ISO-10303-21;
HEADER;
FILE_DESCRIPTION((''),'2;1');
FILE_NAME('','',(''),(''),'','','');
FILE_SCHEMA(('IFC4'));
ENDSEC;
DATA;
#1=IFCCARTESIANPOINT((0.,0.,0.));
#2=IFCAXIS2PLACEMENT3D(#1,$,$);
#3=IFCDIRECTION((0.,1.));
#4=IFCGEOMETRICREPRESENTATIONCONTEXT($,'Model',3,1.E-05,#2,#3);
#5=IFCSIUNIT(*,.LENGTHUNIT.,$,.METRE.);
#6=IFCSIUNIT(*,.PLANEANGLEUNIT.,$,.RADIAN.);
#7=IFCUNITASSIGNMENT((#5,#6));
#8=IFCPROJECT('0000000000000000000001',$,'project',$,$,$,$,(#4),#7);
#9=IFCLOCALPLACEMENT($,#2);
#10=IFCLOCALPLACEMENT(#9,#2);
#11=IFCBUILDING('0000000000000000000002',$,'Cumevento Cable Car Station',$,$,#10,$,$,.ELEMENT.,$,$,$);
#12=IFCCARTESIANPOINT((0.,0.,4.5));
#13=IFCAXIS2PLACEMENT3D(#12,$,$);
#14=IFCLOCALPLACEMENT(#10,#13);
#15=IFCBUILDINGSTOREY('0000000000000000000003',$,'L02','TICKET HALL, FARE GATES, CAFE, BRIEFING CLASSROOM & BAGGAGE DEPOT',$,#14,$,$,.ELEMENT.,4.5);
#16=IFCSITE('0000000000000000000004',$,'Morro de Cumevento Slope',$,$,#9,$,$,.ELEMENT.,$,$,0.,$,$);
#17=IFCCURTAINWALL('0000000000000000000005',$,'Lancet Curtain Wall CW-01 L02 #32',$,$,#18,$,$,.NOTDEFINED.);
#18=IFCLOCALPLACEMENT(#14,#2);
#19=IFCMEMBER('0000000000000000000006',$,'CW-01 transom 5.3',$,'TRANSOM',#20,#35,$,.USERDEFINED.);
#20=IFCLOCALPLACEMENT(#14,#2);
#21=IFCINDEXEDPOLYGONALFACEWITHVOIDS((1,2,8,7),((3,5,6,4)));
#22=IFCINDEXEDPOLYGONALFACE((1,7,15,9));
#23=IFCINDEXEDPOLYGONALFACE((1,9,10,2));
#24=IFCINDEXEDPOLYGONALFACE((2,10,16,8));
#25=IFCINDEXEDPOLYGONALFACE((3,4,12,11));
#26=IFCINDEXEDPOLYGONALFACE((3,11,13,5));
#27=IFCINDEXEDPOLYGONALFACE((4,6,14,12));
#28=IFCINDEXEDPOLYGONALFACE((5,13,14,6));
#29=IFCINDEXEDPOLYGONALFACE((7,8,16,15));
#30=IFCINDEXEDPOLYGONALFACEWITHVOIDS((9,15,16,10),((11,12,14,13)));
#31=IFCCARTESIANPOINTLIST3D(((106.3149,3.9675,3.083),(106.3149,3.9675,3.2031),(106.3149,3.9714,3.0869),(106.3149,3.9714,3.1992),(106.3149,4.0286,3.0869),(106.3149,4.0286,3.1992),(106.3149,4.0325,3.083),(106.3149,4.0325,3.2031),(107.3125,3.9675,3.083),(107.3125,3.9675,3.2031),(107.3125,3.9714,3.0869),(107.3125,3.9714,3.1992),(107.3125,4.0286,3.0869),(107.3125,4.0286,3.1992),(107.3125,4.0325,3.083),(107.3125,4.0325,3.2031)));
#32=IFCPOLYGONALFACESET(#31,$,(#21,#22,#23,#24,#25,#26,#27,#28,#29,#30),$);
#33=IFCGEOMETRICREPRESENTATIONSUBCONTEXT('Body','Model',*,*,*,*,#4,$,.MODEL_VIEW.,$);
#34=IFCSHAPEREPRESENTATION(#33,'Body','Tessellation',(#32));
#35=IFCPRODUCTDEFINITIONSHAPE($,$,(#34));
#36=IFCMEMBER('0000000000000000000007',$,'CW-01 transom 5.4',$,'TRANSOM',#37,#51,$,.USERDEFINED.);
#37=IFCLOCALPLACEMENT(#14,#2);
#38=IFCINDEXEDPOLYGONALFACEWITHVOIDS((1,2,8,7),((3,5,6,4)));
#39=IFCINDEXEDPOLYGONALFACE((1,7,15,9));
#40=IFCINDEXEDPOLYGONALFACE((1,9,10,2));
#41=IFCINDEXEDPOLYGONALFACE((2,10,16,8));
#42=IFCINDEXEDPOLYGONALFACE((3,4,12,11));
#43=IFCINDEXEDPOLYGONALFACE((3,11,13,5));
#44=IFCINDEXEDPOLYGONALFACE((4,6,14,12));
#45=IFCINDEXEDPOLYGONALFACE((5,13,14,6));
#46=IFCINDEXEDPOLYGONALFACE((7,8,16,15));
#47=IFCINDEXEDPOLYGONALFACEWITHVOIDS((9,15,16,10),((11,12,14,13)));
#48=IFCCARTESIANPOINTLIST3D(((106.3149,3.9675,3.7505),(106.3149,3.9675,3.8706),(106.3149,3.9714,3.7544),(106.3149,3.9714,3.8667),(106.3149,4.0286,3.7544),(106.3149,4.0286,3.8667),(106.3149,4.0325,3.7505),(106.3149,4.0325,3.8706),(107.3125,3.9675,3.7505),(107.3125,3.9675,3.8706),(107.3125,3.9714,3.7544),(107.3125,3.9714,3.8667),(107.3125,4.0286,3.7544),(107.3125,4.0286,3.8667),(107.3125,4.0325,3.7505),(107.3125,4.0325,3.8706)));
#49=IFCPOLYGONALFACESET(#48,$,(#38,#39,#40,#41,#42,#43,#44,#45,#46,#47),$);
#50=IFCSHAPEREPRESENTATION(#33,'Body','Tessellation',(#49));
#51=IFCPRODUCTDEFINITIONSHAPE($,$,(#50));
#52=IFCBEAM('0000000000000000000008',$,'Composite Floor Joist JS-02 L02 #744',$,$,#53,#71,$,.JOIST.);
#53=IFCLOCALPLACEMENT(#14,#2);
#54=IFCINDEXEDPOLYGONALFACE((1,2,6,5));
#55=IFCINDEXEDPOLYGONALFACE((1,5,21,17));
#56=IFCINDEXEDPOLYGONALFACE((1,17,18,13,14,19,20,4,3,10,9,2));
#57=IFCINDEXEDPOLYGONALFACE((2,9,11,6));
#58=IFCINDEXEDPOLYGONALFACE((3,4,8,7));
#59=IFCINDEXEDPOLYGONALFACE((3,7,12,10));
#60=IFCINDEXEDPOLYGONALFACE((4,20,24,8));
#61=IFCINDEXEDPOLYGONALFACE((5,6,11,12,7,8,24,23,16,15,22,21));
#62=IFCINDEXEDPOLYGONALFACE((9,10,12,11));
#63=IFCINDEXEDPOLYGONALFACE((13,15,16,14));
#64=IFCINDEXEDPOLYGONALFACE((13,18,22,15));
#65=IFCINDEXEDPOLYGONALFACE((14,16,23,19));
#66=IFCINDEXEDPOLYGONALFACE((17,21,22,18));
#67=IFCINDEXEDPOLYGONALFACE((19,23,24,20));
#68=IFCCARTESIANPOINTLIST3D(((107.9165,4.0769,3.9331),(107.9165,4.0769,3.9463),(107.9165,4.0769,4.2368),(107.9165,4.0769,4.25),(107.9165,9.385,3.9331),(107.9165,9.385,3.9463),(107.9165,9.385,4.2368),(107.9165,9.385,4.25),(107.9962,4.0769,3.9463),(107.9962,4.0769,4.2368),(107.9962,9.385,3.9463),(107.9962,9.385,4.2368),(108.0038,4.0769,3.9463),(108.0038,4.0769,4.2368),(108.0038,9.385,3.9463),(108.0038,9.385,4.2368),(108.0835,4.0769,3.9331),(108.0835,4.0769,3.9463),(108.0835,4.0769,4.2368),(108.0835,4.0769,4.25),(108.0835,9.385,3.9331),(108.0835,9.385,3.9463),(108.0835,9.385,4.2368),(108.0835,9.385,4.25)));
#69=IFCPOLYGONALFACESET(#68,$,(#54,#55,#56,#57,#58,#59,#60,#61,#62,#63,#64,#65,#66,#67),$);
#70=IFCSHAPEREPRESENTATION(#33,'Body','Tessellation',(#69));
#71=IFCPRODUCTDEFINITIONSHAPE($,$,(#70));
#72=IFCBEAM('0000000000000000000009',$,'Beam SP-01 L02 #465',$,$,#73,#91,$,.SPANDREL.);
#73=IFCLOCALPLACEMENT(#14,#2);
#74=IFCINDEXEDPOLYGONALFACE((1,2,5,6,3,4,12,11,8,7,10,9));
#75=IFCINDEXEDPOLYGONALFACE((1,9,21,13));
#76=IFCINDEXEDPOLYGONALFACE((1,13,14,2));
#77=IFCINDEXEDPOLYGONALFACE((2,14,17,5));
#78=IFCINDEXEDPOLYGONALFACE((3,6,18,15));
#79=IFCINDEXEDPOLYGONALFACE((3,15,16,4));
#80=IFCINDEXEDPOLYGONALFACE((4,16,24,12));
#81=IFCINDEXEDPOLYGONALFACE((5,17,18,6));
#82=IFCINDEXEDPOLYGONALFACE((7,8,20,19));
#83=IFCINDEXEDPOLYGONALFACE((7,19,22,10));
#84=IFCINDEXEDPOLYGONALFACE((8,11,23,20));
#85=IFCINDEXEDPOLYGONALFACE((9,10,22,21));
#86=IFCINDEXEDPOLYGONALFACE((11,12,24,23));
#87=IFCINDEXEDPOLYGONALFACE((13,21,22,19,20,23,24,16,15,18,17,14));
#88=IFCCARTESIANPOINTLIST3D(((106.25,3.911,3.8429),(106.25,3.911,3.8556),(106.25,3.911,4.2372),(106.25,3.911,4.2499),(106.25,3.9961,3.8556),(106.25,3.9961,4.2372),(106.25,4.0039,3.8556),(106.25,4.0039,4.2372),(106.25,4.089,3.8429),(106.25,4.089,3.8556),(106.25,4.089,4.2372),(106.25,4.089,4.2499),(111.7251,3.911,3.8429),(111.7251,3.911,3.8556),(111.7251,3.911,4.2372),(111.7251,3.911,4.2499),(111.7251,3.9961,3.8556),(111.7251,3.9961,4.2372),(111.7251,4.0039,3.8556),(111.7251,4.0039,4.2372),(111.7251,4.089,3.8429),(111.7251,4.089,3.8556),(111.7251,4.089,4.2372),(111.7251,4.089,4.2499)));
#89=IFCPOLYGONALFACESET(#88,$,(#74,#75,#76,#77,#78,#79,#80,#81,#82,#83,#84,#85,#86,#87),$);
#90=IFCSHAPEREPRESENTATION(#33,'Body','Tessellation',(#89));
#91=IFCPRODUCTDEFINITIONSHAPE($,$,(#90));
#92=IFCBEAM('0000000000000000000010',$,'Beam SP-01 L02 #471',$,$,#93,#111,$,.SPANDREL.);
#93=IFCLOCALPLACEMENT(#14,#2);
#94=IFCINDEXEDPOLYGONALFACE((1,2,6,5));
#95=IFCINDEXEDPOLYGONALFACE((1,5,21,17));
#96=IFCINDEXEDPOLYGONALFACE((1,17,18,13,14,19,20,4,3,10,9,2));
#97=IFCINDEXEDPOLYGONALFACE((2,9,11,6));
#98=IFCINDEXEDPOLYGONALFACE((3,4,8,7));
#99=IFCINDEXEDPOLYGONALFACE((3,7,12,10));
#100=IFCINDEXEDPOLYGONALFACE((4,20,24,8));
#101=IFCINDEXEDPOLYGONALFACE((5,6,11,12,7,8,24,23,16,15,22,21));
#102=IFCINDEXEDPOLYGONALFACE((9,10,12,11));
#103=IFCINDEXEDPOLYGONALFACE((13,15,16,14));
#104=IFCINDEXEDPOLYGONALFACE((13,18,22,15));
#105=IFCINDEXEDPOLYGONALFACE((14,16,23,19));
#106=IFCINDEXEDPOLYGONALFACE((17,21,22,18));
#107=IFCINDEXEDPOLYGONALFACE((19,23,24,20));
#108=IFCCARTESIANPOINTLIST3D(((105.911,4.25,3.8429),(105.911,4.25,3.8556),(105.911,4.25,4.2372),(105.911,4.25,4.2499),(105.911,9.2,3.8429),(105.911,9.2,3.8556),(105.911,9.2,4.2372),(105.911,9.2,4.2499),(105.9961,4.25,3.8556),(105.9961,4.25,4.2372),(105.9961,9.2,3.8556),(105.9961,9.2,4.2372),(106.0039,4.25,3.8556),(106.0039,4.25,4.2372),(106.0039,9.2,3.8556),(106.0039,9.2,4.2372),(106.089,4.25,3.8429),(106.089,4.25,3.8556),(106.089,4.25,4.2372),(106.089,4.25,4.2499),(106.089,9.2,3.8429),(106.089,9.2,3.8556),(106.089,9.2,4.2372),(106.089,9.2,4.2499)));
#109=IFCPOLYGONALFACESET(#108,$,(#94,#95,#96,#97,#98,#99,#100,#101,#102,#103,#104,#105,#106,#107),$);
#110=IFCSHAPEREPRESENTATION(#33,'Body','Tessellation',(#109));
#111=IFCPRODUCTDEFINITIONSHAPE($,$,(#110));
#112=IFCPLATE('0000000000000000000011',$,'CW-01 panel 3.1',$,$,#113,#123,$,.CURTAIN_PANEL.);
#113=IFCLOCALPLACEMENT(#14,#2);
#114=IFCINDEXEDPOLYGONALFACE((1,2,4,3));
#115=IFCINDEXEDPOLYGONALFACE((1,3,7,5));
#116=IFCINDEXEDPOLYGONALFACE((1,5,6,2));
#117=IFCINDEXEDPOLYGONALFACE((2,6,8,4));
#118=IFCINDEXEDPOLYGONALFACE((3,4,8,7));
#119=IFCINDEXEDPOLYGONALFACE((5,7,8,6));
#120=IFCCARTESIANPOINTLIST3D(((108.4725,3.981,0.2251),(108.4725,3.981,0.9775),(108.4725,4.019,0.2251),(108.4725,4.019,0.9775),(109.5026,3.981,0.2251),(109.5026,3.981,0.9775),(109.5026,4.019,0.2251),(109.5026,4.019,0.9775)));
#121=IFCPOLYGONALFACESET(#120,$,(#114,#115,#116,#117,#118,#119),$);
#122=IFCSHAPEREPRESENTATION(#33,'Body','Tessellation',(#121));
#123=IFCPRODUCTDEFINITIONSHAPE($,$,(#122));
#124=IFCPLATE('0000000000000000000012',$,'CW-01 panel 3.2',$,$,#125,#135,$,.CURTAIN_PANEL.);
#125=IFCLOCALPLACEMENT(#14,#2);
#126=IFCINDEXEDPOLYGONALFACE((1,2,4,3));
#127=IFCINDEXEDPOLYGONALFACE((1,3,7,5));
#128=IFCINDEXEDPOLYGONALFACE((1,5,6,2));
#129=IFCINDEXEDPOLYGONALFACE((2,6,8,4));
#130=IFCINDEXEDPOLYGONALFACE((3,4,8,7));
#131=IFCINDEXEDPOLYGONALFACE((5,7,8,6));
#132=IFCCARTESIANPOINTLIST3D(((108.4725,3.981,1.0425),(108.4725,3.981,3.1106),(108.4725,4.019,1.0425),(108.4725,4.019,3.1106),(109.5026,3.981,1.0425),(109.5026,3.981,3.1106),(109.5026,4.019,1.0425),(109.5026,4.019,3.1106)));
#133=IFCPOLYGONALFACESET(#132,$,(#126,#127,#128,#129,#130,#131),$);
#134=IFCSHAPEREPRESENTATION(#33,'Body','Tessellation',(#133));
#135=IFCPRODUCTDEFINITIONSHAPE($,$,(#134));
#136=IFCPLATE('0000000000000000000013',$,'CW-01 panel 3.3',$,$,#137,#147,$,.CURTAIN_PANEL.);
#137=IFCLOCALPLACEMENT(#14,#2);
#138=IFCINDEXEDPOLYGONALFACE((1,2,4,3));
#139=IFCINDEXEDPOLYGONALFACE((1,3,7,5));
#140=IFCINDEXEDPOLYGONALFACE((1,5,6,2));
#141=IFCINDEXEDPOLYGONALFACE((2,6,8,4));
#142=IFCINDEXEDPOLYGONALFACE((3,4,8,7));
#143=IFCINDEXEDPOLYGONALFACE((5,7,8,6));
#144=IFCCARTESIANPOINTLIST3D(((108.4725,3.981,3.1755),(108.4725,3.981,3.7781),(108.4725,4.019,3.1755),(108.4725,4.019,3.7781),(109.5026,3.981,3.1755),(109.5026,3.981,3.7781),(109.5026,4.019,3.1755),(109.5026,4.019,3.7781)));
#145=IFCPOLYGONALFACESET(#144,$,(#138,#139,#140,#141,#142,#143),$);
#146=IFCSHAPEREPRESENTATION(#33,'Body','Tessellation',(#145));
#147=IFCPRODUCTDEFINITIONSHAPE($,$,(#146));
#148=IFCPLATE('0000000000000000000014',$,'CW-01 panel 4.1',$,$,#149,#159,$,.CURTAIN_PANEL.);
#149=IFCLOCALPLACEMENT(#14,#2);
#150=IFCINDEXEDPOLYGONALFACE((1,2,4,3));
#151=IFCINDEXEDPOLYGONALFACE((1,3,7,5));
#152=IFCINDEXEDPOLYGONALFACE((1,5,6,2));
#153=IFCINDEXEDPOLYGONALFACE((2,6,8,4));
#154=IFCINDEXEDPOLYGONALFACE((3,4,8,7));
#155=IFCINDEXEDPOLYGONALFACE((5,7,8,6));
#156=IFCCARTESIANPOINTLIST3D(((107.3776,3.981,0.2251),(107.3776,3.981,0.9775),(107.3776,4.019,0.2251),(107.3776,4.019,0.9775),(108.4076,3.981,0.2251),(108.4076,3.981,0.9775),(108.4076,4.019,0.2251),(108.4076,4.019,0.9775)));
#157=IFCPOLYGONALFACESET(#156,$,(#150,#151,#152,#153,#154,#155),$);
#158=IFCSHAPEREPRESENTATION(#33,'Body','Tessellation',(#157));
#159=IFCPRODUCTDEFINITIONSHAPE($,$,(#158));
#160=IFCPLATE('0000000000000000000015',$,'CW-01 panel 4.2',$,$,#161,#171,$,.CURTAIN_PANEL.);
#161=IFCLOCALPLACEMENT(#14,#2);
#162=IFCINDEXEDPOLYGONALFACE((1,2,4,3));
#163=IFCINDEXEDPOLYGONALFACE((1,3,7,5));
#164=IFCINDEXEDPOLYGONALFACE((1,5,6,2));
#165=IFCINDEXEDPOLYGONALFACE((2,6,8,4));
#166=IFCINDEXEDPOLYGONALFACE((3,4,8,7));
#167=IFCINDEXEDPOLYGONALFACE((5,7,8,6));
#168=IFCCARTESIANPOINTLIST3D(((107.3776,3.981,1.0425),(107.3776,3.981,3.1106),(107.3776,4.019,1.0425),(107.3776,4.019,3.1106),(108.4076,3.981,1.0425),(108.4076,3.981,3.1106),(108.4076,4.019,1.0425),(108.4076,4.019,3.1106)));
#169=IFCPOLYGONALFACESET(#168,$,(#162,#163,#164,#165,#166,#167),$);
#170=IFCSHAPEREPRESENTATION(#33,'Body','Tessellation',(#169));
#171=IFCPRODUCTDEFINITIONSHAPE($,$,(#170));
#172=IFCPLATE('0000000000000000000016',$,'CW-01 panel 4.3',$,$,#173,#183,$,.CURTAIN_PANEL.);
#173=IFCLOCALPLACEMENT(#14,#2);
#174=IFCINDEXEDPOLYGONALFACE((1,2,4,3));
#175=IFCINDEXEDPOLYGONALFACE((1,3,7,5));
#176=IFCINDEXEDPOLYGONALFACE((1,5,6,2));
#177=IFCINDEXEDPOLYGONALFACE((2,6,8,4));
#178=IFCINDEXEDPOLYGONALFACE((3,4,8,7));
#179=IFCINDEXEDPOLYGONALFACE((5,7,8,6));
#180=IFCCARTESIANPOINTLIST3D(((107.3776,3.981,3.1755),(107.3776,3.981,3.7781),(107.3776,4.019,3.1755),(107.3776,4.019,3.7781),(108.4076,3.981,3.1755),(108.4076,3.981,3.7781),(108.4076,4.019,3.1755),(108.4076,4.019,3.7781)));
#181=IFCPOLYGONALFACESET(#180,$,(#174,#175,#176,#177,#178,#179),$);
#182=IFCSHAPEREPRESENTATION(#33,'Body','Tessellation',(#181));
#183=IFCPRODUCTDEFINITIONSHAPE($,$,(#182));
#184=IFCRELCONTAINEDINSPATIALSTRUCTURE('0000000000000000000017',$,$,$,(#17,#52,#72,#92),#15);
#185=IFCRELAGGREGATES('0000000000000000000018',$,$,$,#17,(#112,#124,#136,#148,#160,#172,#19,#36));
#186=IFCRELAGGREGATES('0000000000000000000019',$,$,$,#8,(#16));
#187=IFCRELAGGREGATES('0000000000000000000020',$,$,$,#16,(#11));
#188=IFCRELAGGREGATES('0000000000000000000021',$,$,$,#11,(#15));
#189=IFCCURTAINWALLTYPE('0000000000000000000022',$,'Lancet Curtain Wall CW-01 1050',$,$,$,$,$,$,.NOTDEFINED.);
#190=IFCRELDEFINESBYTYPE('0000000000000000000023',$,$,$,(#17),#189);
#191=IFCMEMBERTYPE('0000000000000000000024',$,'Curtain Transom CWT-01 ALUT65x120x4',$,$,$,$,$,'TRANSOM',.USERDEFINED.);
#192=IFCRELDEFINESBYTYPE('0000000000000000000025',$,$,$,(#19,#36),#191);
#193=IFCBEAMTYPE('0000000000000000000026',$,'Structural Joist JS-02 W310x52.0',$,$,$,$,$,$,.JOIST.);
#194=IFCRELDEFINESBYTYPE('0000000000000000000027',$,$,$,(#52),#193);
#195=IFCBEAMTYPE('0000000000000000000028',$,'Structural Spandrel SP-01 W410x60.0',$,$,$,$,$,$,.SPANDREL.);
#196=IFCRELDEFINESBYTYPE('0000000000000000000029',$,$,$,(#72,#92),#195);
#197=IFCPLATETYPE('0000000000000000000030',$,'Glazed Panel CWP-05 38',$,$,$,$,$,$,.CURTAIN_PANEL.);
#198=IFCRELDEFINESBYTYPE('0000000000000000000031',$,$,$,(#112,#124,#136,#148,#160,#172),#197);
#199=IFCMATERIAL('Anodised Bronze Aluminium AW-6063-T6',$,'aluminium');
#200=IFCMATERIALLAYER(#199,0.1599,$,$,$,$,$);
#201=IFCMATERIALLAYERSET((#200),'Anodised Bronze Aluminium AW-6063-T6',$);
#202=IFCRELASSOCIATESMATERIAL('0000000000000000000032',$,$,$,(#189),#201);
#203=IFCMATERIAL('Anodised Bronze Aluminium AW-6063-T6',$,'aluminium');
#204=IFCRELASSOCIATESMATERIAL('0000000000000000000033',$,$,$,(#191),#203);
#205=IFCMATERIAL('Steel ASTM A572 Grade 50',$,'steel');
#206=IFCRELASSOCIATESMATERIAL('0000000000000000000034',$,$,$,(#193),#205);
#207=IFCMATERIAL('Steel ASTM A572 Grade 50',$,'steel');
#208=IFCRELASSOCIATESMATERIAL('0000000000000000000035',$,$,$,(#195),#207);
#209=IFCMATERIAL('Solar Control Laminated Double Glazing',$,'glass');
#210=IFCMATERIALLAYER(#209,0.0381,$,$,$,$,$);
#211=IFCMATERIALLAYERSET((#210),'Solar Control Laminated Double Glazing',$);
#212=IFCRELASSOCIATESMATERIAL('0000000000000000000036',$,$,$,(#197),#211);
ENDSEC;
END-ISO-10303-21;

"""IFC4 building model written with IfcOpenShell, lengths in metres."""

from ifc_helpers import new_model, si_unit, direction, frame, origin, origin_2d, place, context, subcontext, project, spatial, rectangle, hollow_rectangle, i_section, extrude, material, layer, layer_set, material_profile, profile_set, type_object, element, aggregate, save


model = new_model("IFC4")

# Units and contexts
model_context = context("Model", 3, precision=1e-05, world=origin(), true_north=direction((0.0, 1.0)))
body_context = subcontext(model_context, "Body", "Model", "MODEL_VIEW")
ifc_project = project(units=[si_unit("LENGTHUNIT", "METRE"), si_unit("PLANEANGLEUNIT", "RADIAN")], contexts=[model_context])

# Site, building, storey
site_placement = place(None, origin())
site = spatial("IfcSite", under=ifc_project, at=site_placement, Name="Morro de Cumevento Slope", CompositionType="ELEMENT", RefElevation=0.0)
building_placement = place(site_placement, origin())
building = spatial("IfcBuilding", under=site, at=building_placement, Name="Cumevento Cable Car Station", CompositionType="ELEMENT")
storey_placement = place(building_placement, frame((0.0, 0.0, 4.5)))
storey = spatial("IfcBuildingStorey", under=building, at=storey_placement, Name="L02", Description="TICKET HALL, FARE GATES, CAFE, BRIEFING CLASSROOM & BAGGAGE DEPOT", CompositionType="ELEMENT", Elevation=4.5)

# Curtain wall
ifc_material_1 = material(Name="Anodised Bronze Aluminium AW-6063-T6", Category="aluminium")
ifc_layer_1 = layer(ifc_material_1, 0.1599)
ifc_layer_set_1 = layer_set([ifc_layer_1], Name="Anodised Bronze Aluminium AW-6063-T6")
curtain_wall_type_1 = type_object("IfcCurtainWallType", Name="Lancet Curtain Wall CW-01 1050", PredefinedType="NOTDEFINED", material=ifc_layer_set_1)
curtain_wall_1_placement = place(storey_placement, origin())
curtain_wall_1 = element("IfcCurtainWall", 1, at=curtain_wall_1_placement, inside=storey, type_object=curtain_wall_type_1, Name="Lancet Curtain Wall CW-01 L02 #32", PredefinedType="NOTDEFINED")

# Members
ifc_material_2 = material(Name="Anodised Bronze Aluminium AW-6063-T6", Category="aluminium")
ifc_material_profile_1 = material_profile(ifc_material_2, hollow_rectangle(XDim=0.0649, YDim=0.1201, WallThickness=0.0039, at=origin_2d()), Name="ALUT65x120x4")
ifc_profile_set_1 = profile_set([ifc_material_profile_1], Name="Anodised Bronze Aluminium AW-6063-T6")
member_type_1 = type_object("IfcMemberType", Name="Curtain Transom CWT-01 ALUT65x120x4", ElementType="TRANSOM", PredefinedType="USERDEFINED", material=ifc_profile_set_1)
member_1_placement = place(storey_placement, frame((107.3125, 4.0, 3.1431), z_axis=(-1.0, 0.0, 0.0), x_axis=(0.0, -1.0, 0.0)))
member_1 = element("IfcMember", 2, at=member_1_placement, type_object=member_type_1, Name="CW-01 transom 5.3", ObjectType="TRANSOM", PredefinedType="USERDEFINED", context=body_context, shape_type="SweptSolid", body=[
    extrude(hollow_rectangle(XDim=0.0649, YDim=0.1201, WallThickness=0.0039, at=origin_2d()), origin(), (0.0, 0.0, 1.0), 0.9976),
])
member_2_placement = place(storey_placement, frame((107.3125, 4.0, 3.8105), z_axis=(-1.0, 0.0, 0.0), x_axis=(0.0, -1.0, 0.0)))
member_2 = element("IfcMember", 3, at=member_2_placement, type_object=member_type_1, Name="CW-01 transom 5.4", ObjectType="TRANSOM", PredefinedType="USERDEFINED", context=body_context, shape_type="SweptSolid", body=[
    extrude(hollow_rectangle(XDim=0.0649, YDim=0.1201, WallThickness=0.0039, at=origin_2d()), origin(), (0.0, 0.0, 1.0), 0.9976),
])

# Beams
ifc_material_3 = material(Name="Steel ASTM A572 Grade 50", Category="steel")
ifc_material_profile_2 = material_profile(ifc_material_3, i_section(OverallWidth=0.167, OverallDepth=0.3169, WebThickness=0.0076, FlangeThickness=0.0132, at=origin_2d()), Name="W310x52.0")
ifc_profile_set_2 = profile_set([ifc_material_profile_2], Name="Steel ASTM A572 Grade 50")
beam_type_1 = type_object("IfcBeamType", Name="Structural Joist JS-02 W310x52.0", PredefinedType="JOIST", material=ifc_profile_set_2)
beam_1_placement = place(storey_placement, frame((108.0, 4.0769, 4.0916), z_axis=(0.0, 1.0, 0.0), x_axis=(-1.0, 0.0, 0.0)))
element("IfcBeam", 4, at=beam_1_placement, inside=storey, type_object=beam_type_1, Name="Composite Floor Joist JS-02 L02 #744", PredefinedType="JOIST", context=body_context, shape_type="SweptSolid", body=[
    extrude(i_section(OverallWidth=0.167, OverallDepth=0.3169, WebThickness=0.0076, FlangeThickness=0.0132, at=origin_2d()), origin(), (0.0, 0.0, 1.0), 5.3081),
])
ifc_material_4 = material(Name="Steel ASTM A572 Grade 50", Category="steel")
ifc_material_profile_3 = material_profile(ifc_material_4, i_section(OverallWidth=0.178, OverallDepth=0.407, WebThickness=0.0078, FlangeThickness=0.0127, at=origin_2d()), Name="W410x60.0")
ifc_profile_set_3 = profile_set([ifc_material_profile_3], Name="Steel ASTM A572 Grade 50")
beam_type_2 = type_object("IfcBeamType", Name="Structural Spandrel SP-01 W410x60.0", PredefinedType="SPANDREL", material=ifc_profile_set_3)
beam_2_placement = place(storey_placement, frame((106.25, 4.0, 4.0464), z_axis=(1.0, 0.0, 0.0), x_axis=(0.0, 1.0, 0.0)))
element("IfcBeam", 5, at=beam_2_placement, inside=storey, type_object=beam_type_2, Name="Beam SP-01 L02 #465", PredefinedType="SPANDREL", context=body_context, shape_type="SweptSolid", body=[
    extrude(i_section(OverallWidth=0.178, OverallDepth=0.407, WebThickness=0.0078, FlangeThickness=0.0127, at=origin_2d()), origin(), (0.0, 0.0, 1.0), 5.4751),
])
beam_3_placement = place(storey_placement, frame((106.0, 4.25, 4.0464), z_axis=(0.0, 1.0, 0.0), x_axis=(-1.0, 0.0, 0.0)))
element("IfcBeam", 6, at=beam_3_placement, inside=storey, type_object=beam_type_2, Name="Beam SP-01 L02 #471", PredefinedType="SPANDREL", context=body_context, shape_type="SweptSolid", body=[
    extrude(i_section(OverallWidth=0.178, OverallDepth=0.407, WebThickness=0.0078, FlangeThickness=0.0127, at=origin_2d()), origin(), (0.0, 0.0, 1.0), 4.95),
])

# Plates
ifc_material_5 = material(Name="Solar Control Laminated Double Glazing", Category="glass")
ifc_layer_2 = layer(ifc_material_5, 0.0381)
ifc_layer_set_2 = layer_set([ifc_layer_2], Name="Solar Control Laminated Double Glazing")
plate_type = type_object("IfcPlateType", Name="Glazed Panel CWP-05 38", PredefinedType="CURTAIN_PANEL", material=ifc_layer_set_2)
plate_1_placement = place(storey_placement, frame((108.9875, 4.0, 0.2251), z_axis=(0.0, 0.0, 1.0), x_axis=(-1.0, 0.0, 0.0)))
plate_1 = element("IfcPlate", 7, at=plate_1_placement, type_object=plate_type, Name="CW-01 panel 3.1", PredefinedType="CURTAIN_PANEL", context=body_context, shape_type="SweptSolid", body=[
    extrude(rectangle(XDim=1.03, YDim=0.0381, at=origin_2d()), origin(), (0.0, 0.0, 1.0), 0.7524),
])
plate_2_placement = place(storey_placement, frame((108.9875, 4.0, 1.0425), z_axis=(0.0, 0.0, 1.0), x_axis=(-1.0, 0.0, 0.0)))
plate_2 = element("IfcPlate", 8, at=plate_2_placement, type_object=plate_type, Name="CW-01 panel 3.2", PredefinedType="CURTAIN_PANEL", context=body_context, shape_type="SweptSolid", body=[
    extrude(rectangle(XDim=1.03, YDim=0.0381, at=origin_2d()), origin(), (0.0, 0.0, 1.0), 2.0681),
])
plate_3_placement = place(storey_placement, frame((108.9875, 4.0, 3.1755), z_axis=(0.0, 0.0, 1.0), x_axis=(-1.0, 0.0, 0.0)))
plate_3 = element("IfcPlate", 9, at=plate_3_placement, type_object=plate_type, Name="CW-01 panel 3.3", PredefinedType="CURTAIN_PANEL", context=body_context, shape_type="SweptSolid", body=[
    extrude(rectangle(XDim=1.03, YDim=0.0381, at=origin_2d()), origin(), (0.0, 0.0, 1.0), 0.6025),
])
plate_4_placement = place(storey_placement, frame((107.8926, 4.0, 0.2251), z_axis=(0.0, 0.0, 1.0), x_axis=(-1.0, 0.0, 0.0)))
plate_4 = element("IfcPlate", 10, at=plate_4_placement, type_object=plate_type, Name="CW-01 panel 4.1", PredefinedType="CURTAIN_PANEL", context=body_context, shape_type="SweptSolid", body=[
    extrude(rectangle(XDim=1.03, YDim=0.0381, at=origin_2d()), origin(), (0.0, 0.0, 1.0), 0.7524),
])
plate_5_placement = place(storey_placement, frame((107.8926, 4.0, 1.0425), z_axis=(0.0, 0.0, 1.0), x_axis=(-1.0, 0.0, 0.0)))
plate_5 = element("IfcPlate", 11, at=plate_5_placement, type_object=plate_type, Name="CW-01 panel 4.2", PredefinedType="CURTAIN_PANEL", context=body_context, shape_type="SweptSolid", body=[
    extrude(rectangle(XDim=1.03, YDim=0.0381, at=origin_2d()), origin(), (0.0, 0.0, 1.0), 2.0681),
])
plate_6_placement = place(storey_placement, frame((107.8926, 4.0, 3.1755), z_axis=(0.0, 0.0, 1.0), x_axis=(-1.0, 0.0, 0.0)))
plate_6 = element("IfcPlate", 12, at=plate_6_placement, type_object=plate_type, Name="CW-01 panel 4.3", PredefinedType="CURTAIN_PANEL", context=body_context, shape_type="SweptSolid", body=[
    extrude(rectangle(XDim=1.03, YDim=0.0381, at=origin_2d()), origin(), (0.0, 0.0, 1.0), 0.6025),
])
aggregate(curtain_wall_1, [plate_1, plate_2, plate_3, plate_4, plate_5, plate_6, member_1, member_2])

save(model, "model.ifc")
